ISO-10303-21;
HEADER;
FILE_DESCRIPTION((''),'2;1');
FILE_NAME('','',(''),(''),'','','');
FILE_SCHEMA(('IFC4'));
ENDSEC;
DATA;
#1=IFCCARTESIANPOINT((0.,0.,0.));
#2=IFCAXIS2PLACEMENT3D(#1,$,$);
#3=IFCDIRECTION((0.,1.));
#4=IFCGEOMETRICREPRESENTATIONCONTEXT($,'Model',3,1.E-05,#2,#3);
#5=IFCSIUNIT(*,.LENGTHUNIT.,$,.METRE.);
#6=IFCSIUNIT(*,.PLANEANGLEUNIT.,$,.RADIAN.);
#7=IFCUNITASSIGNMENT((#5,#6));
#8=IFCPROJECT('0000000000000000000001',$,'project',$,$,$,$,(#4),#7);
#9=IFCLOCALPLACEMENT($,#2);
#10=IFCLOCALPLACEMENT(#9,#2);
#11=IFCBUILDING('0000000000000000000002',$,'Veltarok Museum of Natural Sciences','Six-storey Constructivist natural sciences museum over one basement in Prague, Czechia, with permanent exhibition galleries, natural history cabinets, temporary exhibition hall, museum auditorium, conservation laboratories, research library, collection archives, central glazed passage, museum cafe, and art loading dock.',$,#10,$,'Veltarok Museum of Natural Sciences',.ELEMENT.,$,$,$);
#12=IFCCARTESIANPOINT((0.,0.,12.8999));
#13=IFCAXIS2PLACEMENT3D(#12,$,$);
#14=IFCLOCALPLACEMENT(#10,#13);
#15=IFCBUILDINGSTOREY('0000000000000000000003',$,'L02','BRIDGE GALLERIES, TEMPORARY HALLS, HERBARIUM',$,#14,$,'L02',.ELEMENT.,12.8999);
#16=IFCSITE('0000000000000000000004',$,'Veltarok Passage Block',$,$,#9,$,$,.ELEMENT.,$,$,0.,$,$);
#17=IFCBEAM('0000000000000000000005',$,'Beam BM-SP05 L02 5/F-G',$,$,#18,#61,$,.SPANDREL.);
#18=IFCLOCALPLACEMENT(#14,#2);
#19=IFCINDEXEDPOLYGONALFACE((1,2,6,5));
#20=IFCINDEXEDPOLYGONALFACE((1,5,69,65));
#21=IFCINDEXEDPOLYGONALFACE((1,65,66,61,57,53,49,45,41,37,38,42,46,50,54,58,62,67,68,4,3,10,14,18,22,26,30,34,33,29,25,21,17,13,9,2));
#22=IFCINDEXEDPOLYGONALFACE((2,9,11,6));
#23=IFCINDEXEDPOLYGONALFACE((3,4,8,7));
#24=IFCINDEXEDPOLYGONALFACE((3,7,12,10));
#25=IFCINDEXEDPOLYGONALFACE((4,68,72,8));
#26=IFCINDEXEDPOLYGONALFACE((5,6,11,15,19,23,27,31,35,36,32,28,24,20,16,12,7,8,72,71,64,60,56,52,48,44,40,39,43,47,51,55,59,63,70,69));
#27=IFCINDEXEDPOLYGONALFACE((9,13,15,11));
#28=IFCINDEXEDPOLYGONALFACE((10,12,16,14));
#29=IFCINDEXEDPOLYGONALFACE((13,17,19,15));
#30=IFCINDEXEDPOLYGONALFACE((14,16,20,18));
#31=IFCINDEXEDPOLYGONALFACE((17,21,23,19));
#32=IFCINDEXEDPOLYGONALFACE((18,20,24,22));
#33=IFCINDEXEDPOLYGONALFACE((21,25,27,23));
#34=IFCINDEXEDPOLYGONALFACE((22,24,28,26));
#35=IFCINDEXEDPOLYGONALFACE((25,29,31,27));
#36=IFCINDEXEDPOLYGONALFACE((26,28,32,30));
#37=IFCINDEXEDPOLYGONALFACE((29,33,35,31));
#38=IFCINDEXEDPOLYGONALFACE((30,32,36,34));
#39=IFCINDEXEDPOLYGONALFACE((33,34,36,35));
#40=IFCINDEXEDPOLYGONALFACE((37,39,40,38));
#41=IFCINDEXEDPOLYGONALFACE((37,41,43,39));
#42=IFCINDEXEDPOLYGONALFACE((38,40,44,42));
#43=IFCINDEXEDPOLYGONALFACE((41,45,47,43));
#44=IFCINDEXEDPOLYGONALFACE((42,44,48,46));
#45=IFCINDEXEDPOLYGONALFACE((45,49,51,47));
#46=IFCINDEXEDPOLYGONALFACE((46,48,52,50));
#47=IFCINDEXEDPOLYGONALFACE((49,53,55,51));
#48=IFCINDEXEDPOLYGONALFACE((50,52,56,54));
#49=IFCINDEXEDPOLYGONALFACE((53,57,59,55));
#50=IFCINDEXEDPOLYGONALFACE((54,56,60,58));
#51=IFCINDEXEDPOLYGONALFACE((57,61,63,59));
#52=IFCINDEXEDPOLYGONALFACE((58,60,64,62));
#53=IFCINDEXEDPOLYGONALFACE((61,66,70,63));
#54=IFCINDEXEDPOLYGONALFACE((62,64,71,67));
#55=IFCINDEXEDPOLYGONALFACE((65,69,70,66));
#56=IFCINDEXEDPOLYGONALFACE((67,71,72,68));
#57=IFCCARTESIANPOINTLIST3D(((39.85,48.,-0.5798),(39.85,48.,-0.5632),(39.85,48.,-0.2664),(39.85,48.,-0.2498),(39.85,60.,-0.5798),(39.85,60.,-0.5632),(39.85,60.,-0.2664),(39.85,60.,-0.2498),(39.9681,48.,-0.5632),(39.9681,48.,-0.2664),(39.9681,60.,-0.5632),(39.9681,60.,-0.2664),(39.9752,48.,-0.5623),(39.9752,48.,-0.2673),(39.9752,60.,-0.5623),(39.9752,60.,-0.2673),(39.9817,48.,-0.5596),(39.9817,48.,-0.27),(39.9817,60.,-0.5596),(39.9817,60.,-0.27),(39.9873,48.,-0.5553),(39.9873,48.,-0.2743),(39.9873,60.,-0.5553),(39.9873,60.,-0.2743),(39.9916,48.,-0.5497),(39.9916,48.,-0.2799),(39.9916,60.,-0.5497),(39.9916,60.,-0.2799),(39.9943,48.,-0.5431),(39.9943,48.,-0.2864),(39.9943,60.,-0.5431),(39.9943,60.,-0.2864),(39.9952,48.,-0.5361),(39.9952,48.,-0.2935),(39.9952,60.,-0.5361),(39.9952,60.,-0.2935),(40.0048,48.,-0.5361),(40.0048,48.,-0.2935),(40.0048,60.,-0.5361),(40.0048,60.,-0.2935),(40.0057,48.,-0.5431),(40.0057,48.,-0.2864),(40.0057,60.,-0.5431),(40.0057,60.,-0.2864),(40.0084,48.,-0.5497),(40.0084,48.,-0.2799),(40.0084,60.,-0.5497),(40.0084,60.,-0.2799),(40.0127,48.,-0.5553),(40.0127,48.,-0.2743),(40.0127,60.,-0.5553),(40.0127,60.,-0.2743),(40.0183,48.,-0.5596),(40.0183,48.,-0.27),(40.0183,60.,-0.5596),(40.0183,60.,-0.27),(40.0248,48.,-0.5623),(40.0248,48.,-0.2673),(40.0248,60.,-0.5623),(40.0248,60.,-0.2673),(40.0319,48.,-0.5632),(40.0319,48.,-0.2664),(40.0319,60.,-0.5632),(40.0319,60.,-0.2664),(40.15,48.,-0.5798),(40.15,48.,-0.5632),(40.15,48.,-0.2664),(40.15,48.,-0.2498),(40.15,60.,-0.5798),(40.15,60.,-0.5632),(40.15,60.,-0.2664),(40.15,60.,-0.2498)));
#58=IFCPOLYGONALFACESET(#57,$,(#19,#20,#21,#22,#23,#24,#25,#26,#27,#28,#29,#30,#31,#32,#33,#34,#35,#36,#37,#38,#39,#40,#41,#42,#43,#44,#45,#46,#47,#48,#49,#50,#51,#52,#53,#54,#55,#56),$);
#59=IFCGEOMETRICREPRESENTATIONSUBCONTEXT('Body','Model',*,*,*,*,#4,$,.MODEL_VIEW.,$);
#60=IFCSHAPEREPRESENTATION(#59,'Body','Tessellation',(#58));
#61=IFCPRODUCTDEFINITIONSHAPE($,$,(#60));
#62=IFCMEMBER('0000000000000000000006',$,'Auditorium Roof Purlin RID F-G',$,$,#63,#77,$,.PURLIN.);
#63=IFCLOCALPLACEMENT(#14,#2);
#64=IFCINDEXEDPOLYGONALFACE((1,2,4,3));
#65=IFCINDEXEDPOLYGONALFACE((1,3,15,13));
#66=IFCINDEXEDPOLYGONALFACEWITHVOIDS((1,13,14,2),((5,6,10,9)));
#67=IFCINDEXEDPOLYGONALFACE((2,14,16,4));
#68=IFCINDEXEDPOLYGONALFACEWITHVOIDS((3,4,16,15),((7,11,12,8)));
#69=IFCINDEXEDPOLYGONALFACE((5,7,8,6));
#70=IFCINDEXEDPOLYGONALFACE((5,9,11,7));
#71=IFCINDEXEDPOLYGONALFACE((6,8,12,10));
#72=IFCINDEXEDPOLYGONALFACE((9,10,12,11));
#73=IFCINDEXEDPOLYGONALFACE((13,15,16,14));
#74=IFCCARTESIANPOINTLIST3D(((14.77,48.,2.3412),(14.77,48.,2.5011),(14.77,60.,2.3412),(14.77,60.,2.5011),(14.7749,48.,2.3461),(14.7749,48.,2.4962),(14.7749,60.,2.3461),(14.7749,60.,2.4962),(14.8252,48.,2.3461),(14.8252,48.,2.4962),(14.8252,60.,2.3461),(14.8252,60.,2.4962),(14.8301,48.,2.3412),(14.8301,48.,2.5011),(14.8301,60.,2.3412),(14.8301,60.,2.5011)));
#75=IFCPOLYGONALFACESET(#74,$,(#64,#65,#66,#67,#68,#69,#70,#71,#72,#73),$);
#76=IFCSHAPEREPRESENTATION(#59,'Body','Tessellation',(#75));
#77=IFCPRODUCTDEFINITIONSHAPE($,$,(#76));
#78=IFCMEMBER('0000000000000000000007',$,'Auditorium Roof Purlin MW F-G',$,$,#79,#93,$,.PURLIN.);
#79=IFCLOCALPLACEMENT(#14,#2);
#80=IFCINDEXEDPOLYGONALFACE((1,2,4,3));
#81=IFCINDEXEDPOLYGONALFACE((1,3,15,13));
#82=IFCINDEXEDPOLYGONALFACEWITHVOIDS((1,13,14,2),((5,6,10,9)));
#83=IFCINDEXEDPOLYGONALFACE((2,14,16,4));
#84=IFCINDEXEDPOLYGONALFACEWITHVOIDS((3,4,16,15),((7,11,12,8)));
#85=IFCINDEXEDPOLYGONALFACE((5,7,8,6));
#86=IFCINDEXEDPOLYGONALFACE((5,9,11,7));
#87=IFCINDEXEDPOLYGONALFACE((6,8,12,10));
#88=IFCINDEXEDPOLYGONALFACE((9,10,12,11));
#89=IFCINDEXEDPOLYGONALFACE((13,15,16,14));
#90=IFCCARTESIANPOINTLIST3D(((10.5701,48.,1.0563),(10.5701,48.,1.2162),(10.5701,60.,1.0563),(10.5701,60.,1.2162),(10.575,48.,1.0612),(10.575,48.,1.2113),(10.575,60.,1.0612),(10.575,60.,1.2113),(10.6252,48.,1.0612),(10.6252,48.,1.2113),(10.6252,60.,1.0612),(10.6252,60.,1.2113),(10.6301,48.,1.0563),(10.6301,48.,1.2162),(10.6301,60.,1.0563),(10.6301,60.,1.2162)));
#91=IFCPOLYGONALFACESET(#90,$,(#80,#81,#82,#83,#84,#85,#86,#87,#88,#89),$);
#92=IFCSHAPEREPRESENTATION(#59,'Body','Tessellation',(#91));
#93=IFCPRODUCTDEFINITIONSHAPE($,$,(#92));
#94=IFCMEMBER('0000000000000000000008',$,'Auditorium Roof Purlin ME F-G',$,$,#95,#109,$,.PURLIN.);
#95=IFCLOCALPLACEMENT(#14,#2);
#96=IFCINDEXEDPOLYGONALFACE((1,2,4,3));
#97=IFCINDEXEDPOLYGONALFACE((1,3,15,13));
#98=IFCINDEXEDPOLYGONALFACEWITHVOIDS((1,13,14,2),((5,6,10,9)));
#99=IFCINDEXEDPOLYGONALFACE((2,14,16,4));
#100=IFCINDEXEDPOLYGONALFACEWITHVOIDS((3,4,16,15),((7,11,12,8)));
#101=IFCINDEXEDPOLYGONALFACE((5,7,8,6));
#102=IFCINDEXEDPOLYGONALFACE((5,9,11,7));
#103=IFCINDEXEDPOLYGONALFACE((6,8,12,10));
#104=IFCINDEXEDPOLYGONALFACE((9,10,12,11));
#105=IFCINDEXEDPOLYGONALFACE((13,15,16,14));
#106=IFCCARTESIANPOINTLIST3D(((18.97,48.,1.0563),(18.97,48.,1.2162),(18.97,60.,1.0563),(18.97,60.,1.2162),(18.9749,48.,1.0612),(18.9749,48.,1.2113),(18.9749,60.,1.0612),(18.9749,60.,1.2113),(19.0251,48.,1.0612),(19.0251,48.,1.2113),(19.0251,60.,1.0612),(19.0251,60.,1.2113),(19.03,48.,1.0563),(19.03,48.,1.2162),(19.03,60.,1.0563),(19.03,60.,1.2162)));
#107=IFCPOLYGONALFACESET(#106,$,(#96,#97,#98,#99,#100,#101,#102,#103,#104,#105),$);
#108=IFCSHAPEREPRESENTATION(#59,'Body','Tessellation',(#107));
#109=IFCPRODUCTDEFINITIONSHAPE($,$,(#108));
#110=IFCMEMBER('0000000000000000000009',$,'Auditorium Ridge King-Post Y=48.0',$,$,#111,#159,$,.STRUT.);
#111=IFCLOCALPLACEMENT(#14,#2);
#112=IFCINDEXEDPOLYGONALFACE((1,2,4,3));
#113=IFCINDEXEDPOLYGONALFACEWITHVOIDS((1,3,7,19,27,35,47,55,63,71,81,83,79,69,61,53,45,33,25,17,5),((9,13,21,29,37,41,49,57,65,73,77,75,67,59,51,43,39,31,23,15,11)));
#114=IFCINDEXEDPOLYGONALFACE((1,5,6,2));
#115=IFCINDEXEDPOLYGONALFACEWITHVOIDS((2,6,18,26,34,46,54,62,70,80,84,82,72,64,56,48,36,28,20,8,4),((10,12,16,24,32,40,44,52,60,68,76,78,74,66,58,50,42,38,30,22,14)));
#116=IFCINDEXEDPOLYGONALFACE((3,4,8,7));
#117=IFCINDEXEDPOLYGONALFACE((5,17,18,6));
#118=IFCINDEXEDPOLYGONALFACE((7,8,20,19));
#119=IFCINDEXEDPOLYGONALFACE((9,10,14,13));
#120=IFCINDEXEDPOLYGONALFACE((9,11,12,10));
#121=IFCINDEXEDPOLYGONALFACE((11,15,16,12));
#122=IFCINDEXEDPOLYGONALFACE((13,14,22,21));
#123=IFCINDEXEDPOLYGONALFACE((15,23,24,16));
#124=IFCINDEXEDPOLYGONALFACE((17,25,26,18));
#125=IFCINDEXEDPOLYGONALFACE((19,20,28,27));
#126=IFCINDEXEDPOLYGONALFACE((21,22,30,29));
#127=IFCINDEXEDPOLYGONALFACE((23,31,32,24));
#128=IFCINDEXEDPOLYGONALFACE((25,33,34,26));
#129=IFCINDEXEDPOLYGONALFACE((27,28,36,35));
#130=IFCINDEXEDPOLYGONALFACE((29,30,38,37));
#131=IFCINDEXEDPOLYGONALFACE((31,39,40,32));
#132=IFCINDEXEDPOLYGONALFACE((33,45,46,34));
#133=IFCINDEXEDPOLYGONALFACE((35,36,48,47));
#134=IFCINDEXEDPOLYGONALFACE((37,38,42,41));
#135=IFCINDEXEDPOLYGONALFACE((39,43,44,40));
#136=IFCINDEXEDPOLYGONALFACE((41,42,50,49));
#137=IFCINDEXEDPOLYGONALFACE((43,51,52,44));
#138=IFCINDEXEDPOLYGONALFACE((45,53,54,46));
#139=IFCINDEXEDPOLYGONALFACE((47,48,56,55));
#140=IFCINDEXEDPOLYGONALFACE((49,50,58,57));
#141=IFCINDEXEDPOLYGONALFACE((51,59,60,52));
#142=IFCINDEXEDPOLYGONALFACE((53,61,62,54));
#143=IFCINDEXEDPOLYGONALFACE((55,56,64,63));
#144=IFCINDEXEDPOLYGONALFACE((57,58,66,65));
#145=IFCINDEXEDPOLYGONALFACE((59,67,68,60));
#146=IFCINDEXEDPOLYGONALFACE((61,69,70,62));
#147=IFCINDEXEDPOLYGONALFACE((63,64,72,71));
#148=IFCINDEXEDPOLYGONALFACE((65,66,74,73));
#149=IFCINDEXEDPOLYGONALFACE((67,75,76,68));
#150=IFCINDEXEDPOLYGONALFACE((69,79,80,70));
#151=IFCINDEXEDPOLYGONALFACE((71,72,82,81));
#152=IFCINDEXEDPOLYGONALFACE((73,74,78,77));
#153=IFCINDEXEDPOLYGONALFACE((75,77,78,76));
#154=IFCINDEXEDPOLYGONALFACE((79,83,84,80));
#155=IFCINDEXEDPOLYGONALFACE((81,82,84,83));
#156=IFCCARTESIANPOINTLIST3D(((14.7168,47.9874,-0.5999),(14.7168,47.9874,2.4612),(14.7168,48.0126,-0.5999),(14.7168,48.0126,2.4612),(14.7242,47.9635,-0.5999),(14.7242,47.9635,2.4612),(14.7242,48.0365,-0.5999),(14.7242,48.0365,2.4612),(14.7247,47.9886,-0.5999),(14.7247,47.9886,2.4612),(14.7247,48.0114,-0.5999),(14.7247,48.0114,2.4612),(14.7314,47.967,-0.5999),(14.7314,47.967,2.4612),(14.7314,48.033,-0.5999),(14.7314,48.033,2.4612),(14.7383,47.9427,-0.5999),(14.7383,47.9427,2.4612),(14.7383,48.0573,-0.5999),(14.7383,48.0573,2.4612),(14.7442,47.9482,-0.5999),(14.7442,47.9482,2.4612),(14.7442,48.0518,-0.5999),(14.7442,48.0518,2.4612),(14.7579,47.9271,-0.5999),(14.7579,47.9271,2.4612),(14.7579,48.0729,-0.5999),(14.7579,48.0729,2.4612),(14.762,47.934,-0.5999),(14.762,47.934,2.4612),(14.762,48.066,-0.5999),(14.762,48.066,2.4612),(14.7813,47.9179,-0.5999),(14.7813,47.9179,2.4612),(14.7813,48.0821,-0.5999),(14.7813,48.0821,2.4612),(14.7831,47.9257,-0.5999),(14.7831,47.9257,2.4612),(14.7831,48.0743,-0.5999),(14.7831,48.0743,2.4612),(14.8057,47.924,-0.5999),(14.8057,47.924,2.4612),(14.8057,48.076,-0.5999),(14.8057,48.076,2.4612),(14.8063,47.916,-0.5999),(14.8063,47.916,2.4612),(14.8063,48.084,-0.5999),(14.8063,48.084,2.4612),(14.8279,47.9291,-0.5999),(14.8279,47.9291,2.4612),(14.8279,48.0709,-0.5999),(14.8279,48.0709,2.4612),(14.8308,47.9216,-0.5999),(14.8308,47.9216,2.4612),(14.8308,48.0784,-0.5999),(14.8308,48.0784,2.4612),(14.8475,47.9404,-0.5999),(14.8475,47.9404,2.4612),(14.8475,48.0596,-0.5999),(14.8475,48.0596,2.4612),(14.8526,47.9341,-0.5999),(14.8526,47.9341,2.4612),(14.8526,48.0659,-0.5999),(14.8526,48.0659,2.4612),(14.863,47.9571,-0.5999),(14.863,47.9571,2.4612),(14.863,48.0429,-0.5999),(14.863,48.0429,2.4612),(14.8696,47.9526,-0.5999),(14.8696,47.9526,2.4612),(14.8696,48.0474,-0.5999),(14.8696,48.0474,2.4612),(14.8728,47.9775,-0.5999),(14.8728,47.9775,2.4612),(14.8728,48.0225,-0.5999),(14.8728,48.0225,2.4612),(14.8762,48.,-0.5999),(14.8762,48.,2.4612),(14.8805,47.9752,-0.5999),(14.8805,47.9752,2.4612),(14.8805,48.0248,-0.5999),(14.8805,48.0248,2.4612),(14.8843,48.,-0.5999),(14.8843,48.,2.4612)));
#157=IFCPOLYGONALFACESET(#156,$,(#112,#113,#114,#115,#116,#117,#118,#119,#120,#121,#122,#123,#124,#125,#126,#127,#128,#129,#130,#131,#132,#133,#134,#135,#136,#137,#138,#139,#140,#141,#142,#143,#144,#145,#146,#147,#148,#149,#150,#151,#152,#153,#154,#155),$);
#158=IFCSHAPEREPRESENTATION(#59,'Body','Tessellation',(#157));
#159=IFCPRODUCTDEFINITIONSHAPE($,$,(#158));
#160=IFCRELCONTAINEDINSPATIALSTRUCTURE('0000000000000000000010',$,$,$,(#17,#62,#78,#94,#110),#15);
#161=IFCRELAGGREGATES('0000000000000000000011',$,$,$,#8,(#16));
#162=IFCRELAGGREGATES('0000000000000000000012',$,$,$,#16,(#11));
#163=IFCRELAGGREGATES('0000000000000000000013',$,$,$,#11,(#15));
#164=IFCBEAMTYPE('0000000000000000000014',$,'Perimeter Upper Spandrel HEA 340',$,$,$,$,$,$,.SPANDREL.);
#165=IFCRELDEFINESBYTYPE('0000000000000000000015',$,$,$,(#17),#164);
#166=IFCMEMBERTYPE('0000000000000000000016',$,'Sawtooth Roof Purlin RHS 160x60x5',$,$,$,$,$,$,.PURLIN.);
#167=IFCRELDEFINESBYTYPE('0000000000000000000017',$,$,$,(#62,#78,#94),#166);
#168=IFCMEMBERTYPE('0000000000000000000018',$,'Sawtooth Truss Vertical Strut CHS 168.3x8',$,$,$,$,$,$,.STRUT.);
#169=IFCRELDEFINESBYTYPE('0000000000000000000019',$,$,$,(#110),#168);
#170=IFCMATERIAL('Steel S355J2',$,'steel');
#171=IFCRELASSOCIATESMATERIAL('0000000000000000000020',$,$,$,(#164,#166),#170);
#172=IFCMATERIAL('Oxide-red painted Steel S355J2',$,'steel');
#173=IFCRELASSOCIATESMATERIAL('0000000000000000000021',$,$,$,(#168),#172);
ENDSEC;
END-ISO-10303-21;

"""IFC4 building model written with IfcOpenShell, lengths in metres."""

from ifc_helpers import new_model, si_unit, direction, frame, origin, origin_2d, place, context, subcontext, project, spatial, hollow_rectangle, hollow_circle, i_section, extrude, material, material_profile, profile_set, type_object, element, save


model = new_model("IFC4")

# Units and contexts
model_context = context("Model", 3, precision=1e-05, world=origin(), true_north=direction((0.0, 1.0)))
body_context = subcontext(model_context, "Body", "Model", "MODEL_VIEW")
ifc_project = project(units=[si_unit("LENGTHUNIT", "METRE"), si_unit("PLANEANGLEUNIT", "RADIAN")], contexts=[model_context])

# Site, building, storey
site_placement = place(None, origin())
site = spatial("IfcSite", under=ifc_project, at=site_placement, Name="Veltarok Passage Block", CompositionType="ELEMENT", RefElevation=0.0)
building_placement = place(site_placement, origin())
building = spatial("IfcBuilding", under=site, at=building_placement, Name="Veltarok Museum of Natural Sciences", Description="Six-storey Constructivist natural sciences museum over one basement in Prague, Czechia, with permanent exhibition galleries, natural history cabinets, temporary exhibition hall, museum auditorium, conservation laboratories, research library, collection archives, central glazed passage, museum cafe, and art loading dock.", LongName="Veltarok Museum of Natural Sciences", CompositionType="ELEMENT")
storey_placement = place(building_placement, frame((0.0, 0.0, 12.8999)))
storey = spatial("IfcBuildingStorey", under=building, at=storey_placement, Name="L02", Description="BRIDGE GALLERIES, TEMPORARY HALLS, HERBARIUM", LongName="L02", CompositionType="ELEMENT", Elevation=12.8999)

# Shared definitions
ifc_material_1 = material(Name="Steel S355J2", Category="steel")

# Beam
ifc_material_profile_1 = material_profile(ifc_material_1, i_section(OverallWidth=0.3, OverallDepth=0.3301, WebThickness=0.0095, FlangeThickness=0.0166, FilletRadius=0.0271, at=origin_2d()), Name="HEA 340")
ifc_profile_set_1 = profile_set([ifc_material_profile_1], Name="Steel S355J2")
beam_type_1 = type_object("IfcBeamType", Name="Perimeter Upper Spandrel HEA 340", PredefinedType="SPANDREL", material=ifc_profile_set_1)
for number, where, z_axis, x_axis, name in (
    (1, (40.0, 48.0, -0.4148), (0.0, 1.0, 0.0), (-1.0, 0.0, 0.0), "Beam BM-SP05 L02 5/F-G"),
):
    element("IfcBeam", number, at=place(storey_placement, frame(where, z_axis=z_axis, x_axis=x_axis)), inside=storey, type_object=beam_type_1, Name=name, PredefinedType="SPANDREL", context=body_context, shape_type="SweptSolid", body=[
        extrude(i_section(OverallWidth=0.3, OverallDepth=0.3301, WebThickness=0.0095, FlangeThickness=0.0166, FilletRadius=0.0271, at=origin_2d()), origin(), (0.0, 0.0, 1.0), 12.0),
    ])

# Members
ifc_material_profile_2 = material_profile(ifc_material_1, hollow_rectangle(XDim=0.0601, YDim=0.1599, WallThickness=0.0049, at=origin_2d()), Name="RHS 160x60x5")
ifc_profile_set_2 = profile_set([ifc_material_profile_2], Name="Steel S355J2")
member_type_1 = type_object("IfcMemberType", Name="Sawtooth Roof Purlin RHS 160x60x5", PredefinedType="PURLIN", material=ifc_profile_set_2)
for number, where, z_axis, x_axis, name in (
    (2, (14.8, 48.0, 2.4211), (0.0, 1.0, 0.0), (-1.0, 0.0, 0.0), "Auditorium Roof Purlin RID F-G"),
    (3, (10.6001, 48.0, 1.1362), (0.0, 1.0, 0.0), (-1.0, 0.0, 0.0), "Auditorium Roof Purlin MW F-G"),
    (4, (19.0, 48.0, 1.1362), (0.0, 1.0, 0.0), (-1.0, 0.0, 0.0), "Auditorium Roof Purlin ME F-G"),
):
    element("IfcMember", number, at=place(storey_placement, frame(where, z_axis=z_axis, x_axis=x_axis)), inside=storey, type_object=member_type_1, Name=name, PredefinedType="PURLIN", context=body_context, shape_type="SweptSolid", body=[
        extrude(hollow_rectangle(XDim=0.0601, YDim=0.1599, WallThickness=0.0049, at=origin_2d()), origin(), (0.0, 0.0, 1.0), 12.0),
    ])
ifc_material_2 = material(Name="Oxide-red painted Steel S355J2", Category="steel")
ifc_material_profile_3 = material_profile(ifc_material_2, hollow_circle(Radius=0.0842, WallThickness=0.0081, at=origin_2d()), Name="CHS 168.3x8")
ifc_profile_set_3 = profile_set([ifc_material_profile_3], Name="Oxide-red painted Steel S355J2")
member_type_2 = type_object("IfcMemberType", Name="Sawtooth Truss Vertical Strut CHS 168.3x8", PredefinedType="STRUT", material=ifc_profile_set_3)
member_1_placement = place(storey_placement, frame((14.8, 48.0, -0.5999), z_axis=(0.0, 0.0, 1.0), x_axis=(1.0, 0.0, 0.0)))
element("IfcMember", 5, at=member_1_placement, inside=storey, type_object=member_type_2, Name="Auditorium Ridge King-Post Y=48.0", PredefinedType="STRUT", context=body_context, shape_type="SweptSolid", body=[
    extrude(hollow_circle(Radius=0.0842, WallThickness=0.0081, at=origin_2d()), origin(), (0.0, 0.0, 1.0), 3.061),
])

save(model, "model.ifc")
